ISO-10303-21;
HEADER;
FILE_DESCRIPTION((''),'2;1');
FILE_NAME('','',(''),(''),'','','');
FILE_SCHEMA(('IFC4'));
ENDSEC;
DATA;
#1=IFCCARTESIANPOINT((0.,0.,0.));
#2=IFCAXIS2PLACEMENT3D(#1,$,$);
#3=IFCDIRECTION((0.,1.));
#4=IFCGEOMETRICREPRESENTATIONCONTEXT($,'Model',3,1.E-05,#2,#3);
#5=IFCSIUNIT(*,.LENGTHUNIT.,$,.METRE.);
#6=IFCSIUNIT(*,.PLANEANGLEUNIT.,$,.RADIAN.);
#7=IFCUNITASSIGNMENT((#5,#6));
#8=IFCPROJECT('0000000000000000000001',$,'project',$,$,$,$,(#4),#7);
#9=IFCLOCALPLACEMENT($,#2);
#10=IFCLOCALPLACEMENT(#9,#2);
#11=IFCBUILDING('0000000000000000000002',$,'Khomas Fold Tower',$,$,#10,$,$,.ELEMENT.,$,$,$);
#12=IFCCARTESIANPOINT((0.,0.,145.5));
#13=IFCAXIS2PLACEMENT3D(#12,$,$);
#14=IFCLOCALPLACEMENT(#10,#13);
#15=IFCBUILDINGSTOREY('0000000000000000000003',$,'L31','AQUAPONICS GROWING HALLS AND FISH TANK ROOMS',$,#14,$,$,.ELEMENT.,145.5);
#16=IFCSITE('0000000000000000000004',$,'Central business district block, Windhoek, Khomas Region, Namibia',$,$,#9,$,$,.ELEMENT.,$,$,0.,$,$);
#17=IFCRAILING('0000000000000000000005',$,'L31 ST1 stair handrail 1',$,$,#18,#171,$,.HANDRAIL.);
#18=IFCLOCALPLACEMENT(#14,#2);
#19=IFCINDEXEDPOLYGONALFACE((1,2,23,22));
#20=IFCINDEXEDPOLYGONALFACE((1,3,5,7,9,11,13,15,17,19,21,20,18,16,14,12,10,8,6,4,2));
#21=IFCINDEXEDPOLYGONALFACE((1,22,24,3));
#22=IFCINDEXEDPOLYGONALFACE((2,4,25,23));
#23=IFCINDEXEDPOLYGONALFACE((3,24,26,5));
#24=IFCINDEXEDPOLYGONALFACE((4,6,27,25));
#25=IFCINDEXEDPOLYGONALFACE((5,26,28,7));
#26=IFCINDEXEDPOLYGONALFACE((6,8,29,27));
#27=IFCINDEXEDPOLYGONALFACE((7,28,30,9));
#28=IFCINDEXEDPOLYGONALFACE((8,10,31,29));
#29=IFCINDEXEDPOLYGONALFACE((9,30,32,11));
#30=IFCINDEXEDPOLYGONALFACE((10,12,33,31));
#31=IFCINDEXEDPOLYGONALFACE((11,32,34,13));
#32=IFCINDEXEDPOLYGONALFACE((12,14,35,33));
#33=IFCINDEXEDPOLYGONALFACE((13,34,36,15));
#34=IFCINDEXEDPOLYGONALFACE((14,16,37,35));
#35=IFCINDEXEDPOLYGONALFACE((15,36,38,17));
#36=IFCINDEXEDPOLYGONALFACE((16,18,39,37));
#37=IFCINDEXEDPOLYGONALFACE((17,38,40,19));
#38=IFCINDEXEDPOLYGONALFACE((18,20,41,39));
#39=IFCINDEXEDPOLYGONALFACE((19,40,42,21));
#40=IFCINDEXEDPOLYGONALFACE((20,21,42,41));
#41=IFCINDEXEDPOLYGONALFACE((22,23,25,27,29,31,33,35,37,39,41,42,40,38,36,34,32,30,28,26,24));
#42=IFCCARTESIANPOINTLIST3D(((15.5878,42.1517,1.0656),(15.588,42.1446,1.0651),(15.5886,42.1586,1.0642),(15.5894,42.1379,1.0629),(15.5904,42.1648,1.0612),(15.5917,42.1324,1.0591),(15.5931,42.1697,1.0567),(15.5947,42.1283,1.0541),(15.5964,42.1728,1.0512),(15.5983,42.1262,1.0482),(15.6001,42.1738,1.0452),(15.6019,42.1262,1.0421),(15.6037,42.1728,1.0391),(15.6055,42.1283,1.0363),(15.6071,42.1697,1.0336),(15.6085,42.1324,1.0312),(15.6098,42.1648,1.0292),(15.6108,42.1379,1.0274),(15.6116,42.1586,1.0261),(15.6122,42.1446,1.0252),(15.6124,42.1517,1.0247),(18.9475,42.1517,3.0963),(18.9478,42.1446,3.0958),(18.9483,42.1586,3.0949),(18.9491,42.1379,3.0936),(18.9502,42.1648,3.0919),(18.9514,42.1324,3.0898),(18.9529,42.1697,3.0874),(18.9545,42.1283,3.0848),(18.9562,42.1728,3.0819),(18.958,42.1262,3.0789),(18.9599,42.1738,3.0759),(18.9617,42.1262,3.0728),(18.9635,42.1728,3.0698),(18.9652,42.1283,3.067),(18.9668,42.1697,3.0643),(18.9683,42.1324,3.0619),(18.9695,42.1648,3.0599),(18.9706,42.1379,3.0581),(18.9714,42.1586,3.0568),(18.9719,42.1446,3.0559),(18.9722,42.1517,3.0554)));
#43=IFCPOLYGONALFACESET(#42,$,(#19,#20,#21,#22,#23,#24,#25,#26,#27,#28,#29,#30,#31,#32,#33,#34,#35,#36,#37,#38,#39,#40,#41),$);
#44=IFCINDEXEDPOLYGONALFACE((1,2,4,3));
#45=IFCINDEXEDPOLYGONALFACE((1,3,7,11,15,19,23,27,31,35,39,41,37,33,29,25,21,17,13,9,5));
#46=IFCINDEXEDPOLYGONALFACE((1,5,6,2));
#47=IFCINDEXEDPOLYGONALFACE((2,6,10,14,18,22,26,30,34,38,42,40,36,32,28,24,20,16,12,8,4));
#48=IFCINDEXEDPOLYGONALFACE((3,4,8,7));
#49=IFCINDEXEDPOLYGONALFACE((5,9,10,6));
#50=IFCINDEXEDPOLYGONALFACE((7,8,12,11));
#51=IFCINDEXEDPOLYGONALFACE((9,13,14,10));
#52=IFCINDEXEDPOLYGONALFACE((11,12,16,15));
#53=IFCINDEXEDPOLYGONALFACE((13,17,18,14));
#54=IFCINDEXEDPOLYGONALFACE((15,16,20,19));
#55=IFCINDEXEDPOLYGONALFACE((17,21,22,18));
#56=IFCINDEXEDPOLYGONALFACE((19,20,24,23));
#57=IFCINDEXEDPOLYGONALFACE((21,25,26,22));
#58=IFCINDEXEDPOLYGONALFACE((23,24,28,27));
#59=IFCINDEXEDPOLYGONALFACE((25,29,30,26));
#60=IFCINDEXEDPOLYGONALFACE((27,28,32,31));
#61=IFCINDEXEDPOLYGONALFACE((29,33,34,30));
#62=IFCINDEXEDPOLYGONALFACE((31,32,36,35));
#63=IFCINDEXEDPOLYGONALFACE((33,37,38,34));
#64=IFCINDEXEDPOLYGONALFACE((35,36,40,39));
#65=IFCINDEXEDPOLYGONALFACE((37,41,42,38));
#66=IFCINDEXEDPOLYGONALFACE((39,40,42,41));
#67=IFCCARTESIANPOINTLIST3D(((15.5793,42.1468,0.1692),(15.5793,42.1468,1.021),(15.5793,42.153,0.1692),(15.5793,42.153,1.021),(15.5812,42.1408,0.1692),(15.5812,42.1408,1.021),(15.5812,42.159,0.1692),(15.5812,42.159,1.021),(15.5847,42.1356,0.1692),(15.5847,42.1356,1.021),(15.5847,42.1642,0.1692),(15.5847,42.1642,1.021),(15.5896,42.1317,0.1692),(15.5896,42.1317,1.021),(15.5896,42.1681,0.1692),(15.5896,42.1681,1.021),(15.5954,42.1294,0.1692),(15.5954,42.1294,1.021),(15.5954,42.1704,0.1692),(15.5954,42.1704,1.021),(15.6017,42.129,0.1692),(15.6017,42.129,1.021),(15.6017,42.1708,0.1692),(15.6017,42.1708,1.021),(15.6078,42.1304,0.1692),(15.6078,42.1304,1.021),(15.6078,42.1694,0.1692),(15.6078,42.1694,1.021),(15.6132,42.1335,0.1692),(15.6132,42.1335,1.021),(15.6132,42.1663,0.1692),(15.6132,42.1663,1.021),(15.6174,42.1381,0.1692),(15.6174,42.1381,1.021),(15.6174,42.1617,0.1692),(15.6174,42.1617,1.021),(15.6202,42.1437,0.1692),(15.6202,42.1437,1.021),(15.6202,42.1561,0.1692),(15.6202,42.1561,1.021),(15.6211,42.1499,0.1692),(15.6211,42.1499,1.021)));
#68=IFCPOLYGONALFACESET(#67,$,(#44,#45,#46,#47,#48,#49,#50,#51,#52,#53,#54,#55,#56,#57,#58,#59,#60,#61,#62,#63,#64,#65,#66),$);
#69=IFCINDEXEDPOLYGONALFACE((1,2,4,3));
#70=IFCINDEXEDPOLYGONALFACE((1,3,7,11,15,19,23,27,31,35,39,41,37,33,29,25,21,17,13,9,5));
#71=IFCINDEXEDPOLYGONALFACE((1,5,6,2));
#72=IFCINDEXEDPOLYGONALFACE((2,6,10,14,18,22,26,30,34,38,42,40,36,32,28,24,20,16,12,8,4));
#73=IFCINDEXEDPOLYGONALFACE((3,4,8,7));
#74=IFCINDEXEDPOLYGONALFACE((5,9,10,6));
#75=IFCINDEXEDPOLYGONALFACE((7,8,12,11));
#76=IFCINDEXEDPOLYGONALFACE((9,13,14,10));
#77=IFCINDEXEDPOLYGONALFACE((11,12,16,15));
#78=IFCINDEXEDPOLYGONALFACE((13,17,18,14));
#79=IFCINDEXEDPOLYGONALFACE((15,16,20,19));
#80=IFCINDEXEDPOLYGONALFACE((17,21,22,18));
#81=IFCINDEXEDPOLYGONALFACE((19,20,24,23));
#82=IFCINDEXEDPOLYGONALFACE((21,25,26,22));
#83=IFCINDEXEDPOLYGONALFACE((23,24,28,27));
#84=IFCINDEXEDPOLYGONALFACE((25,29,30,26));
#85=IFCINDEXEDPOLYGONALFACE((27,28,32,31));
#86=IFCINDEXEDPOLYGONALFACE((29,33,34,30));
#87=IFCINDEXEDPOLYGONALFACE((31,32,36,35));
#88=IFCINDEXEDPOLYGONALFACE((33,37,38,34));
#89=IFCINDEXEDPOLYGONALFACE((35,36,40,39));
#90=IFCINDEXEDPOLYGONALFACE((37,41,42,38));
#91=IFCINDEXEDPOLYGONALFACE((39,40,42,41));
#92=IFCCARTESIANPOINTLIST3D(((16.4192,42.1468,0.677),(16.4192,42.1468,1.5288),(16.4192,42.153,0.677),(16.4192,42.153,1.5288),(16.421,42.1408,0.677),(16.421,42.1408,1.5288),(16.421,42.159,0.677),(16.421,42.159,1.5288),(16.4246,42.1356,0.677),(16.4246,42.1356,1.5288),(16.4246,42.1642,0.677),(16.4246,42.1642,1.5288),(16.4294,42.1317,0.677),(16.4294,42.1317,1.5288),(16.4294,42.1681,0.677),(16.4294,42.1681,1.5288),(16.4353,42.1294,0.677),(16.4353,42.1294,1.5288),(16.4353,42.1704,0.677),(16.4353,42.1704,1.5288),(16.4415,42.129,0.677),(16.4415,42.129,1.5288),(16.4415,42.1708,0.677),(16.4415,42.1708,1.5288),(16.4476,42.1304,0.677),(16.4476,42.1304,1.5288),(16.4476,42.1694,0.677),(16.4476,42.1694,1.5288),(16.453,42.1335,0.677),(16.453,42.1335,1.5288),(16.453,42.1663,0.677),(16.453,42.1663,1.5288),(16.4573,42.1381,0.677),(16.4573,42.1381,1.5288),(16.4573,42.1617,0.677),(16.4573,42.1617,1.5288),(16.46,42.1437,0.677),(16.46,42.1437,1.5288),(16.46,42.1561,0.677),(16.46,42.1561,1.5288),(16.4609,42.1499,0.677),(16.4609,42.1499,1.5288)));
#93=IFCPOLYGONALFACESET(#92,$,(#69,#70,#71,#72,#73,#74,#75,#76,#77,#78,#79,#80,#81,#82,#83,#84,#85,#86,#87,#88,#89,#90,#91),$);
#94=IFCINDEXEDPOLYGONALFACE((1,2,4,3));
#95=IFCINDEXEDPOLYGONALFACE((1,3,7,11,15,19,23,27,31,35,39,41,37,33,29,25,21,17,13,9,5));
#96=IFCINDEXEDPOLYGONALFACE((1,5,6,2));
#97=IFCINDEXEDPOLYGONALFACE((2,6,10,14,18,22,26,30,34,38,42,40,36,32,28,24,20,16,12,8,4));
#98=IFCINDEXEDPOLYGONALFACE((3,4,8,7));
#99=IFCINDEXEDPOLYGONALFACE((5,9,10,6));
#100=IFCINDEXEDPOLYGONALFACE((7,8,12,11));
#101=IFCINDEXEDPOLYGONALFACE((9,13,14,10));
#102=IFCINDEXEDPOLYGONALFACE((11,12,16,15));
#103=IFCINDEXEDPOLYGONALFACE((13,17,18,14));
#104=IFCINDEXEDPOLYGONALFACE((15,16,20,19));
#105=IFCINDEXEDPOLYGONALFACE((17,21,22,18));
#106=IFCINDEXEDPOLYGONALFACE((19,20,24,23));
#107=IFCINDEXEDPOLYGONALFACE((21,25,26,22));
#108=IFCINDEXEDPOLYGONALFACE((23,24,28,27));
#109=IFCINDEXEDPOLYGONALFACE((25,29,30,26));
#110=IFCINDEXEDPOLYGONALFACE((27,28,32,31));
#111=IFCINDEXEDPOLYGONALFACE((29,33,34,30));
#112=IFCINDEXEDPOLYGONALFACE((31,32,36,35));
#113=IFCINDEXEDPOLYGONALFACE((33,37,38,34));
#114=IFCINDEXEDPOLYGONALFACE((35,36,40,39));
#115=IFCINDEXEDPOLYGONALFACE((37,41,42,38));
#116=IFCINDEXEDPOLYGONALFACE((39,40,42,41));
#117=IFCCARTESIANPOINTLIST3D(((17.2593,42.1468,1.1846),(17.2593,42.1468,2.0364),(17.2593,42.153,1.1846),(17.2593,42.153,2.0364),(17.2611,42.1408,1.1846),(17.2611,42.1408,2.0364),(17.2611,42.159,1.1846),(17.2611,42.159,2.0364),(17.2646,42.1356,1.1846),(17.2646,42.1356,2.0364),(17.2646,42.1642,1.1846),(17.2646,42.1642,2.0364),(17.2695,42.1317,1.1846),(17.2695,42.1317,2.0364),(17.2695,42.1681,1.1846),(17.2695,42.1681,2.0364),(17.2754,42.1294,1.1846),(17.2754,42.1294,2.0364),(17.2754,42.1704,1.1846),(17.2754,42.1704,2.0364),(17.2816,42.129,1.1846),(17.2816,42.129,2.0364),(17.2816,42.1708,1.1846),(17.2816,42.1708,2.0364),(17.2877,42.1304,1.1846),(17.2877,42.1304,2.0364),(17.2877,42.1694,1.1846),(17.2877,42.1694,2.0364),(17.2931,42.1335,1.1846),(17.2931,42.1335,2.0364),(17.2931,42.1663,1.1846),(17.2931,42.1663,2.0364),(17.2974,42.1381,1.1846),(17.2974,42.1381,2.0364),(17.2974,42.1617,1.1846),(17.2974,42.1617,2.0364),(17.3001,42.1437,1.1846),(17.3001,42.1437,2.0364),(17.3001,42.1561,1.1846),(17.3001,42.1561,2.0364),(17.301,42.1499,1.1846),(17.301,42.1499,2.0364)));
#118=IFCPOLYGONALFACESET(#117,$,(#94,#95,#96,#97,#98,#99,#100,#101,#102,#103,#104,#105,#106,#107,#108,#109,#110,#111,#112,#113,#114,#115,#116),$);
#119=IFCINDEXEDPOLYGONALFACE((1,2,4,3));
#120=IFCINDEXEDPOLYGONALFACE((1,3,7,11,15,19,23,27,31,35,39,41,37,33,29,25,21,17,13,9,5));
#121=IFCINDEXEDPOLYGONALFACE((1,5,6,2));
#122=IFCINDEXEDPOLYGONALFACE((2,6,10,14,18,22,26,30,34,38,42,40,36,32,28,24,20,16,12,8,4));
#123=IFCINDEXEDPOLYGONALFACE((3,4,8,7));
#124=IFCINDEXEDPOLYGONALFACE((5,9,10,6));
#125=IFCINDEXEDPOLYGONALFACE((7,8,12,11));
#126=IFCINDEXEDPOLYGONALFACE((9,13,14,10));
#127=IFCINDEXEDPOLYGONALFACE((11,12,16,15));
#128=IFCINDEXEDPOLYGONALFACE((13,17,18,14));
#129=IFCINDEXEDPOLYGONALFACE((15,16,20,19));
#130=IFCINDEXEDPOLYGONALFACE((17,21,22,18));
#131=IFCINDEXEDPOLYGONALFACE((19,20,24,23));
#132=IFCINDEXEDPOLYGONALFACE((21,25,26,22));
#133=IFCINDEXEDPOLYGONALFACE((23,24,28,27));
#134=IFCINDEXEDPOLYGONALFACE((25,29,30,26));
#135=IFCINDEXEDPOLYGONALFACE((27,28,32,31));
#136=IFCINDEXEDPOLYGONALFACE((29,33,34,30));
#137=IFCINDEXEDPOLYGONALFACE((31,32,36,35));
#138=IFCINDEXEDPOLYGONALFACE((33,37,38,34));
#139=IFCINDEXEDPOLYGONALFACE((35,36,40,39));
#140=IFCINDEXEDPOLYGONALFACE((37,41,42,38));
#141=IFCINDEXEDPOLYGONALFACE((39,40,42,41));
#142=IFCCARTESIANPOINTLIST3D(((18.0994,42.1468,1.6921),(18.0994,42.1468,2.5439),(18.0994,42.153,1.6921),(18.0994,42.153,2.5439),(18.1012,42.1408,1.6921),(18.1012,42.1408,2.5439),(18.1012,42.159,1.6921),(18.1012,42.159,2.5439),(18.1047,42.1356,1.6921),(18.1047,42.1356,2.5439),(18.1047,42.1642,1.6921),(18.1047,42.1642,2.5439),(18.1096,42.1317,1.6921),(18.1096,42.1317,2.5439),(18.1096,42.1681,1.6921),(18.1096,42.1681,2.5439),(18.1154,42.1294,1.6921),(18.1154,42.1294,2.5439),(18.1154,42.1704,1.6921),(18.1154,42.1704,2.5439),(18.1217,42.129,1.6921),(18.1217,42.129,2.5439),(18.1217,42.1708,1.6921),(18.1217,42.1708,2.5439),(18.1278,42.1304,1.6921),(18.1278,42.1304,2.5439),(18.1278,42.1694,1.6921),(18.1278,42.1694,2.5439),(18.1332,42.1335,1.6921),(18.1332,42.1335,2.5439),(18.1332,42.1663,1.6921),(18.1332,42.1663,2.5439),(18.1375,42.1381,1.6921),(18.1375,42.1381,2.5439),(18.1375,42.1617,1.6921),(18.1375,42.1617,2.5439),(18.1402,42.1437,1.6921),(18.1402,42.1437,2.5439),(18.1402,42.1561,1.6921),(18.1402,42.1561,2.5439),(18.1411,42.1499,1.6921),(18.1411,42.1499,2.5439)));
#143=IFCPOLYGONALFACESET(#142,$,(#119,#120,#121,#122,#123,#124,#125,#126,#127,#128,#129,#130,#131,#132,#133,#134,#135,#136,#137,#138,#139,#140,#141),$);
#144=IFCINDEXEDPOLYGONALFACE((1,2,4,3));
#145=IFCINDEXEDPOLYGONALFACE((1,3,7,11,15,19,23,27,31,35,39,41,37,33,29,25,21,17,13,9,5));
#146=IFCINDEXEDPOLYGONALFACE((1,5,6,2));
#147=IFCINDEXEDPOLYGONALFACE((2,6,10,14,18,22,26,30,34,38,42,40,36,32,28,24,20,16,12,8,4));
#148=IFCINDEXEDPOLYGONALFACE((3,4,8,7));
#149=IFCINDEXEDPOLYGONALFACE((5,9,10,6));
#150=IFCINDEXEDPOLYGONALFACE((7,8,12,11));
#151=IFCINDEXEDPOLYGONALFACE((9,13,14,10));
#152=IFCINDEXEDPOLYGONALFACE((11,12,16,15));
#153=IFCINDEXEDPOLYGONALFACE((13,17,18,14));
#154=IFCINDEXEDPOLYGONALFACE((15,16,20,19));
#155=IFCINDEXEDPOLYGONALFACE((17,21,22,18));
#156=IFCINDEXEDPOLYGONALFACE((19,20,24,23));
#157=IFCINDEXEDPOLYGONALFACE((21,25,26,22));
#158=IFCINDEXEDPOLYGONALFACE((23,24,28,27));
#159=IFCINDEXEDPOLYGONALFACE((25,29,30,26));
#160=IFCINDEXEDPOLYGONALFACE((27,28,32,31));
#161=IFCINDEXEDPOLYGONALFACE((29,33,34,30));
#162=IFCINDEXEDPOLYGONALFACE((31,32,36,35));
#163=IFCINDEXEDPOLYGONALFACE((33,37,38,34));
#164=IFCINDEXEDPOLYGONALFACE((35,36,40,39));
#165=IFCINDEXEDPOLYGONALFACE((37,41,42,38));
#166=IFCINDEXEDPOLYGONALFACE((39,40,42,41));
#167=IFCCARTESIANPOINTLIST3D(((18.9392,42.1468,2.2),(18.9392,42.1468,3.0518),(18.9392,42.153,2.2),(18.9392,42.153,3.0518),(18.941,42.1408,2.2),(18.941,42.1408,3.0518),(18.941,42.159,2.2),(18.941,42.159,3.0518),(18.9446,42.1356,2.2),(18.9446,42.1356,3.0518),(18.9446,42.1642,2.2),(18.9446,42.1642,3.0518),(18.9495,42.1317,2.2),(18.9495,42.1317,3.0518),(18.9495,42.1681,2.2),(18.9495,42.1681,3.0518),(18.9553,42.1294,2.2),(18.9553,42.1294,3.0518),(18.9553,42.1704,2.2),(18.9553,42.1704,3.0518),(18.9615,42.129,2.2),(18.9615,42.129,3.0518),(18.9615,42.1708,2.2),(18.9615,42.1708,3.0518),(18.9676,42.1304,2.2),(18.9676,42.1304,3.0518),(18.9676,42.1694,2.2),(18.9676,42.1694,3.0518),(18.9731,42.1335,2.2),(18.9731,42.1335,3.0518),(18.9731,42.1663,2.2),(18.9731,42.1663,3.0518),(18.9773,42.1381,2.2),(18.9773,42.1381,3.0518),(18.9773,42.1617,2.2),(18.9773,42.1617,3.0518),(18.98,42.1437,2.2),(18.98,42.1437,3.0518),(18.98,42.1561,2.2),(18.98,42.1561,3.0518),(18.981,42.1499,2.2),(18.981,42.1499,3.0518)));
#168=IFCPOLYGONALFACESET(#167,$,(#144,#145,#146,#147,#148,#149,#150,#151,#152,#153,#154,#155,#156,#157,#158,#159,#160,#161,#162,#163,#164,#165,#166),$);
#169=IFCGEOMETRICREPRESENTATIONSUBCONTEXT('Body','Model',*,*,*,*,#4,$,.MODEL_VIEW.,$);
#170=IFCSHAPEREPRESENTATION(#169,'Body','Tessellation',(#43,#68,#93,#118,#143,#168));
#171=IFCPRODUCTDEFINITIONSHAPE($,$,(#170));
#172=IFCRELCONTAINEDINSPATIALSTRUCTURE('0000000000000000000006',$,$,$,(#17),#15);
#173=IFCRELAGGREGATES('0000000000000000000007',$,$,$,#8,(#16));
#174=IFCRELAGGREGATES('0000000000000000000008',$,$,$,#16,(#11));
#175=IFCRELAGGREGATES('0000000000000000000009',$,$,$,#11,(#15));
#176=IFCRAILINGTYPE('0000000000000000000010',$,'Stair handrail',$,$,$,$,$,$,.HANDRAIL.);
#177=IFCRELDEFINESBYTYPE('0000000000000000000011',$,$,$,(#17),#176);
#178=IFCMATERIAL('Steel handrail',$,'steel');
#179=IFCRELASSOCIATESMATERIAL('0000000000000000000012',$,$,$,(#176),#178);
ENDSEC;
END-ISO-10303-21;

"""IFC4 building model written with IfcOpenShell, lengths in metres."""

from ifc_helpers import new_model, si_unit, direction, frame, origin, origin_2d, place, context, subcontext, project, spatial, circle, extrude, source, transform, mapped, material, type_object, element, save


model = new_model("IFC4")

# Units and contexts
model_context = context("Model", 3, precision=1e-05, world=origin(), true_north=direction((0.0, 1.0)))
body_context = subcontext(model_context, "Body", "Model", "MODEL_VIEW")
ifc_project = project(units=[si_unit("LENGTHUNIT", "METRE"), si_unit("PLANEANGLEUNIT", "RADIAN")], contexts=[model_context])

# Site, building, storey
site_placement = place(None, origin())
site = spatial("IfcSite", under=ifc_project, at=site_placement, Name="Central business district block, Windhoek, Khomas Region, Namibia", CompositionType="ELEMENT", RefElevation=0.0)
building_placement = place(site_placement, origin())
building = spatial("IfcBuilding", under=site, at=building_placement, Name="Khomas Fold Tower", CompositionType="ELEMENT")
storey_placement = place(building_placement, frame((0.0, 0.0, 145.5)))
storey = spatial("IfcBuildingStorey", under=building, at=storey_placement, Name="L31", Description="AQUAPONICS GROWING HALLS AND FISH TANK ROOMS", CompositionType="ELEMENT", Elevation=145.5)

# Railing
ifc_material_1 = material(Name="Steel handrail", Category="steel")
railing_type_1 = type_object("IfcRailingType", Name="Stair handrail", PredefinedType="HANDRAIL", material=ifc_material_1)
shared_shape_1 = source(origin(), body_context, "Body", "SweptSolid", [
    extrude(circle(Radius=0.0239, at=origin_2d()), frame((0.0, 0.0, 0.876), z_axis=(0.85582, 0.0, 0.517273), x_axis=(0.0, 1.0, 0.0)), (0.0, 0.0, 1.0), 3.9258),
    extrude(circle(Radius=0.021, at=origin_2d()), origin(), (0.0, 0.0, 1.0), 0.8518),
    extrude(circle(Radius=0.021, at=origin_2d()), frame((0.8398, 0.0, 0.5078)), (0.0, 0.0, 1.0), 0.8518),
    extrude(circle(Radius=0.021, at=origin_2d()), frame((1.6799, 0.0, 1.0154)), (0.0, 0.0, 1.0), 0.8518),
    extrude(circle(Radius=0.021, at=origin_2d()), frame((2.52, 0.0, 1.5229)), (0.0, 0.0, 1.0), 0.8518),
    extrude(circle(Radius=0.021, at=origin_2d()), frame((3.3599, 0.0, 2.0308)), (0.0, 0.0, 1.0), 0.8518),
])
railing_1_placement = place(storey_placement, frame((15.6001, 42.1499, 0.1692)))
element("IfcRailing", 1, at=railing_1_placement, inside=storey, type_object=railing_type_1, Name="L31 ST1 stair handrail 1", PredefinedType="HANDRAIL", context=body_context, shape_type="MappedRepresentation", body=[
    mapped(shared_shape_1, transform((0.0, 0.0, 0.0))),
])

save(model, "model.ifc")
